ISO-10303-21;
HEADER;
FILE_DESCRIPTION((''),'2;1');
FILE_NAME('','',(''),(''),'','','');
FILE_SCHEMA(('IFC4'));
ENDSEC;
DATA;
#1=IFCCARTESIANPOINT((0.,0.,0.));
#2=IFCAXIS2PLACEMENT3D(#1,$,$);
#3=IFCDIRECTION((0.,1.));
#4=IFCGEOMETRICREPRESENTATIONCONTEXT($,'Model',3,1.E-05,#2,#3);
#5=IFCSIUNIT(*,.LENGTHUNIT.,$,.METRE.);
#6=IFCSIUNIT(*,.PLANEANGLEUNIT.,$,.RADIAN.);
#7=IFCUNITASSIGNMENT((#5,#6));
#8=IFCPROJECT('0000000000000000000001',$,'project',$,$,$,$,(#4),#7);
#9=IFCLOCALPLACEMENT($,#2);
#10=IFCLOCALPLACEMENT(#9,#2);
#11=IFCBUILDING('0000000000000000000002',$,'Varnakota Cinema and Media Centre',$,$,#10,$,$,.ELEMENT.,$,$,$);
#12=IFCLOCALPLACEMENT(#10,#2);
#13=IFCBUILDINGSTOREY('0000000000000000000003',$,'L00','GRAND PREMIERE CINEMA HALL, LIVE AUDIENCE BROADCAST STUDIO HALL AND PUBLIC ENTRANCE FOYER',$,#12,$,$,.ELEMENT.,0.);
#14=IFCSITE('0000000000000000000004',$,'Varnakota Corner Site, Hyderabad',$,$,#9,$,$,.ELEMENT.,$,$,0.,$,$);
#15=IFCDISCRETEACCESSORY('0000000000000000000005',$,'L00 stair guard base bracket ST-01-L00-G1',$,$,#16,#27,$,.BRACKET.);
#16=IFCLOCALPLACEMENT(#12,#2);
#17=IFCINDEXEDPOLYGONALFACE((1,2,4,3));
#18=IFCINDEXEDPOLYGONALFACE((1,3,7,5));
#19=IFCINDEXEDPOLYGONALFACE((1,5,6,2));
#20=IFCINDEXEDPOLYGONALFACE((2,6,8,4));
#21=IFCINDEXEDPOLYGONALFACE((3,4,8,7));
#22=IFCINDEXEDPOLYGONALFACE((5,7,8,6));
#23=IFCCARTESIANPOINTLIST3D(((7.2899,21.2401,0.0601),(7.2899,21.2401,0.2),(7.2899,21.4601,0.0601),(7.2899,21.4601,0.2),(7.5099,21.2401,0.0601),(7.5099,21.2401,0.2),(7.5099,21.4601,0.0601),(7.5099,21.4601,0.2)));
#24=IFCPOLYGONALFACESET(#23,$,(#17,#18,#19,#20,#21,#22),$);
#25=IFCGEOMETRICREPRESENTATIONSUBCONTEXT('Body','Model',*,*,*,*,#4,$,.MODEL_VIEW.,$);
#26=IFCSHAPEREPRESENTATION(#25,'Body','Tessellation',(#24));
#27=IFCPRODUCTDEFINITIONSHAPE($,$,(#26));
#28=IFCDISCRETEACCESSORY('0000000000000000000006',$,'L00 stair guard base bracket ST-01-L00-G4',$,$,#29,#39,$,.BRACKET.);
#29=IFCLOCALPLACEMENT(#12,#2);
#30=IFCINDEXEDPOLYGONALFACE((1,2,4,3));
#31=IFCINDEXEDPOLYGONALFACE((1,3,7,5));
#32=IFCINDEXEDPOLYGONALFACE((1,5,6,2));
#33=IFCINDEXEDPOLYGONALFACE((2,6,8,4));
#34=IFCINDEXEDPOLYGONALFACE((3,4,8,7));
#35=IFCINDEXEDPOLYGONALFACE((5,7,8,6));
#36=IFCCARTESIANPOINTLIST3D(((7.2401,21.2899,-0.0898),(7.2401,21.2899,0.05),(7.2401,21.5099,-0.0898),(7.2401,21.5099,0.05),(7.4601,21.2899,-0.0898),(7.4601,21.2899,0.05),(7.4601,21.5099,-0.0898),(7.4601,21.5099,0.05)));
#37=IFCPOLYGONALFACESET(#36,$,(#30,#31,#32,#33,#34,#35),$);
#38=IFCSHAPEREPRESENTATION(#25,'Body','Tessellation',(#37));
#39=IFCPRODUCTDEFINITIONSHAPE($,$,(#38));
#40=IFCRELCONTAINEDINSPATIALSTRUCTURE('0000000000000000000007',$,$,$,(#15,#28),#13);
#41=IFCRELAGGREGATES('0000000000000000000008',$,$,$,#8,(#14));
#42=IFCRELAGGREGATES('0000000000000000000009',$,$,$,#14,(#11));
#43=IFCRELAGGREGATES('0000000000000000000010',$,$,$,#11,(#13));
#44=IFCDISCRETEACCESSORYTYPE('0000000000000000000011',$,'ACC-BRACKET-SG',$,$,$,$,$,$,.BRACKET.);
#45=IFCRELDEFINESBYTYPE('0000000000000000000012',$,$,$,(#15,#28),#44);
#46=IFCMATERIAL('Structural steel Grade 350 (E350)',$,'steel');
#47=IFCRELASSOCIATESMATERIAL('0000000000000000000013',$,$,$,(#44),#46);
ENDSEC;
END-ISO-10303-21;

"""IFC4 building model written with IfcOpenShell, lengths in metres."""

from ifc_helpers import new_model, si_unit, direction, frame, origin, origin_2d, place, context, subcontext, project, spatial, rectangle, extrude, material, type_object, element, save


model = new_model("IFC4")

# Units and contexts
model_context = context("Model", 3, precision=1e-05, world=origin(), true_north=direction((0.0, 1.0)))
body_context = subcontext(model_context, "Body", "Model", "MODEL_VIEW")
ifc_project = project(units=[si_unit("LENGTHUNIT", "METRE"), si_unit("PLANEANGLEUNIT", "RADIAN")], contexts=[model_context])

# Site, building, storey
site_placement = place(None, origin())
site = spatial("IfcSite", under=ifc_project, at=site_placement, Name="Varnakota Corner Site, Hyderabad", CompositionType="ELEMENT", RefElevation=0.0)
building_placement = place(site_placement, origin())
building = spatial("IfcBuilding", under=site, at=building_placement, Name="Varnakota Cinema and Media Centre", CompositionType="ELEMENT")
storey_placement = place(building_placement, origin())
storey = spatial("IfcBuildingStorey", under=building, at=storey_placement, Name="L00", Description="GRAND PREMIERE CINEMA HALL, LIVE AUDIENCE BROADCAST STUDIO HALL AND PUBLIC ENTRANCE FOYER", CompositionType="ELEMENT", Elevation=0.0)

# Discrete accessories
ifc_material_1 = material(Name="Structural steel Grade 350 (E350)", Category="steel")
discrete_accessory_type = type_object("IfcDiscreteAccessoryType", Name="ACC-BRACKET-SG", PredefinedType="BRACKET", material=ifc_material_1)
for number, where, z_axis, x_axis, name in (
    (1, (7.3999, 21.3501, 0.0601), (0.0, 0.0, 1.0), (1.0, 0.0, 0.0), "L00 stair guard base bracket ST-01-L00-G1"),
    (2, (7.3501, 21.3999, -0.0898), (0.0, 0.0, 1.0), (1.0, 0.0, 0.0), "L00 stair guard base bracket ST-01-L00-G4"),
):
    element("IfcDiscreteAccessory", number, at=place(storey_placement, frame(where, z_axis=z_axis, x_axis=x_axis)), inside=storey, type_object=discrete_accessory_type, Name=name, PredefinedType="BRACKET", context=body_context, shape_type="SweptSolid", body=[
        extrude(rectangle(XDim=0.22, YDim=0.22, at=origin_2d()), origin(), (0.0, 0.0, 1.0), 0.1399),
    ])

save(model, "model.ifc")
